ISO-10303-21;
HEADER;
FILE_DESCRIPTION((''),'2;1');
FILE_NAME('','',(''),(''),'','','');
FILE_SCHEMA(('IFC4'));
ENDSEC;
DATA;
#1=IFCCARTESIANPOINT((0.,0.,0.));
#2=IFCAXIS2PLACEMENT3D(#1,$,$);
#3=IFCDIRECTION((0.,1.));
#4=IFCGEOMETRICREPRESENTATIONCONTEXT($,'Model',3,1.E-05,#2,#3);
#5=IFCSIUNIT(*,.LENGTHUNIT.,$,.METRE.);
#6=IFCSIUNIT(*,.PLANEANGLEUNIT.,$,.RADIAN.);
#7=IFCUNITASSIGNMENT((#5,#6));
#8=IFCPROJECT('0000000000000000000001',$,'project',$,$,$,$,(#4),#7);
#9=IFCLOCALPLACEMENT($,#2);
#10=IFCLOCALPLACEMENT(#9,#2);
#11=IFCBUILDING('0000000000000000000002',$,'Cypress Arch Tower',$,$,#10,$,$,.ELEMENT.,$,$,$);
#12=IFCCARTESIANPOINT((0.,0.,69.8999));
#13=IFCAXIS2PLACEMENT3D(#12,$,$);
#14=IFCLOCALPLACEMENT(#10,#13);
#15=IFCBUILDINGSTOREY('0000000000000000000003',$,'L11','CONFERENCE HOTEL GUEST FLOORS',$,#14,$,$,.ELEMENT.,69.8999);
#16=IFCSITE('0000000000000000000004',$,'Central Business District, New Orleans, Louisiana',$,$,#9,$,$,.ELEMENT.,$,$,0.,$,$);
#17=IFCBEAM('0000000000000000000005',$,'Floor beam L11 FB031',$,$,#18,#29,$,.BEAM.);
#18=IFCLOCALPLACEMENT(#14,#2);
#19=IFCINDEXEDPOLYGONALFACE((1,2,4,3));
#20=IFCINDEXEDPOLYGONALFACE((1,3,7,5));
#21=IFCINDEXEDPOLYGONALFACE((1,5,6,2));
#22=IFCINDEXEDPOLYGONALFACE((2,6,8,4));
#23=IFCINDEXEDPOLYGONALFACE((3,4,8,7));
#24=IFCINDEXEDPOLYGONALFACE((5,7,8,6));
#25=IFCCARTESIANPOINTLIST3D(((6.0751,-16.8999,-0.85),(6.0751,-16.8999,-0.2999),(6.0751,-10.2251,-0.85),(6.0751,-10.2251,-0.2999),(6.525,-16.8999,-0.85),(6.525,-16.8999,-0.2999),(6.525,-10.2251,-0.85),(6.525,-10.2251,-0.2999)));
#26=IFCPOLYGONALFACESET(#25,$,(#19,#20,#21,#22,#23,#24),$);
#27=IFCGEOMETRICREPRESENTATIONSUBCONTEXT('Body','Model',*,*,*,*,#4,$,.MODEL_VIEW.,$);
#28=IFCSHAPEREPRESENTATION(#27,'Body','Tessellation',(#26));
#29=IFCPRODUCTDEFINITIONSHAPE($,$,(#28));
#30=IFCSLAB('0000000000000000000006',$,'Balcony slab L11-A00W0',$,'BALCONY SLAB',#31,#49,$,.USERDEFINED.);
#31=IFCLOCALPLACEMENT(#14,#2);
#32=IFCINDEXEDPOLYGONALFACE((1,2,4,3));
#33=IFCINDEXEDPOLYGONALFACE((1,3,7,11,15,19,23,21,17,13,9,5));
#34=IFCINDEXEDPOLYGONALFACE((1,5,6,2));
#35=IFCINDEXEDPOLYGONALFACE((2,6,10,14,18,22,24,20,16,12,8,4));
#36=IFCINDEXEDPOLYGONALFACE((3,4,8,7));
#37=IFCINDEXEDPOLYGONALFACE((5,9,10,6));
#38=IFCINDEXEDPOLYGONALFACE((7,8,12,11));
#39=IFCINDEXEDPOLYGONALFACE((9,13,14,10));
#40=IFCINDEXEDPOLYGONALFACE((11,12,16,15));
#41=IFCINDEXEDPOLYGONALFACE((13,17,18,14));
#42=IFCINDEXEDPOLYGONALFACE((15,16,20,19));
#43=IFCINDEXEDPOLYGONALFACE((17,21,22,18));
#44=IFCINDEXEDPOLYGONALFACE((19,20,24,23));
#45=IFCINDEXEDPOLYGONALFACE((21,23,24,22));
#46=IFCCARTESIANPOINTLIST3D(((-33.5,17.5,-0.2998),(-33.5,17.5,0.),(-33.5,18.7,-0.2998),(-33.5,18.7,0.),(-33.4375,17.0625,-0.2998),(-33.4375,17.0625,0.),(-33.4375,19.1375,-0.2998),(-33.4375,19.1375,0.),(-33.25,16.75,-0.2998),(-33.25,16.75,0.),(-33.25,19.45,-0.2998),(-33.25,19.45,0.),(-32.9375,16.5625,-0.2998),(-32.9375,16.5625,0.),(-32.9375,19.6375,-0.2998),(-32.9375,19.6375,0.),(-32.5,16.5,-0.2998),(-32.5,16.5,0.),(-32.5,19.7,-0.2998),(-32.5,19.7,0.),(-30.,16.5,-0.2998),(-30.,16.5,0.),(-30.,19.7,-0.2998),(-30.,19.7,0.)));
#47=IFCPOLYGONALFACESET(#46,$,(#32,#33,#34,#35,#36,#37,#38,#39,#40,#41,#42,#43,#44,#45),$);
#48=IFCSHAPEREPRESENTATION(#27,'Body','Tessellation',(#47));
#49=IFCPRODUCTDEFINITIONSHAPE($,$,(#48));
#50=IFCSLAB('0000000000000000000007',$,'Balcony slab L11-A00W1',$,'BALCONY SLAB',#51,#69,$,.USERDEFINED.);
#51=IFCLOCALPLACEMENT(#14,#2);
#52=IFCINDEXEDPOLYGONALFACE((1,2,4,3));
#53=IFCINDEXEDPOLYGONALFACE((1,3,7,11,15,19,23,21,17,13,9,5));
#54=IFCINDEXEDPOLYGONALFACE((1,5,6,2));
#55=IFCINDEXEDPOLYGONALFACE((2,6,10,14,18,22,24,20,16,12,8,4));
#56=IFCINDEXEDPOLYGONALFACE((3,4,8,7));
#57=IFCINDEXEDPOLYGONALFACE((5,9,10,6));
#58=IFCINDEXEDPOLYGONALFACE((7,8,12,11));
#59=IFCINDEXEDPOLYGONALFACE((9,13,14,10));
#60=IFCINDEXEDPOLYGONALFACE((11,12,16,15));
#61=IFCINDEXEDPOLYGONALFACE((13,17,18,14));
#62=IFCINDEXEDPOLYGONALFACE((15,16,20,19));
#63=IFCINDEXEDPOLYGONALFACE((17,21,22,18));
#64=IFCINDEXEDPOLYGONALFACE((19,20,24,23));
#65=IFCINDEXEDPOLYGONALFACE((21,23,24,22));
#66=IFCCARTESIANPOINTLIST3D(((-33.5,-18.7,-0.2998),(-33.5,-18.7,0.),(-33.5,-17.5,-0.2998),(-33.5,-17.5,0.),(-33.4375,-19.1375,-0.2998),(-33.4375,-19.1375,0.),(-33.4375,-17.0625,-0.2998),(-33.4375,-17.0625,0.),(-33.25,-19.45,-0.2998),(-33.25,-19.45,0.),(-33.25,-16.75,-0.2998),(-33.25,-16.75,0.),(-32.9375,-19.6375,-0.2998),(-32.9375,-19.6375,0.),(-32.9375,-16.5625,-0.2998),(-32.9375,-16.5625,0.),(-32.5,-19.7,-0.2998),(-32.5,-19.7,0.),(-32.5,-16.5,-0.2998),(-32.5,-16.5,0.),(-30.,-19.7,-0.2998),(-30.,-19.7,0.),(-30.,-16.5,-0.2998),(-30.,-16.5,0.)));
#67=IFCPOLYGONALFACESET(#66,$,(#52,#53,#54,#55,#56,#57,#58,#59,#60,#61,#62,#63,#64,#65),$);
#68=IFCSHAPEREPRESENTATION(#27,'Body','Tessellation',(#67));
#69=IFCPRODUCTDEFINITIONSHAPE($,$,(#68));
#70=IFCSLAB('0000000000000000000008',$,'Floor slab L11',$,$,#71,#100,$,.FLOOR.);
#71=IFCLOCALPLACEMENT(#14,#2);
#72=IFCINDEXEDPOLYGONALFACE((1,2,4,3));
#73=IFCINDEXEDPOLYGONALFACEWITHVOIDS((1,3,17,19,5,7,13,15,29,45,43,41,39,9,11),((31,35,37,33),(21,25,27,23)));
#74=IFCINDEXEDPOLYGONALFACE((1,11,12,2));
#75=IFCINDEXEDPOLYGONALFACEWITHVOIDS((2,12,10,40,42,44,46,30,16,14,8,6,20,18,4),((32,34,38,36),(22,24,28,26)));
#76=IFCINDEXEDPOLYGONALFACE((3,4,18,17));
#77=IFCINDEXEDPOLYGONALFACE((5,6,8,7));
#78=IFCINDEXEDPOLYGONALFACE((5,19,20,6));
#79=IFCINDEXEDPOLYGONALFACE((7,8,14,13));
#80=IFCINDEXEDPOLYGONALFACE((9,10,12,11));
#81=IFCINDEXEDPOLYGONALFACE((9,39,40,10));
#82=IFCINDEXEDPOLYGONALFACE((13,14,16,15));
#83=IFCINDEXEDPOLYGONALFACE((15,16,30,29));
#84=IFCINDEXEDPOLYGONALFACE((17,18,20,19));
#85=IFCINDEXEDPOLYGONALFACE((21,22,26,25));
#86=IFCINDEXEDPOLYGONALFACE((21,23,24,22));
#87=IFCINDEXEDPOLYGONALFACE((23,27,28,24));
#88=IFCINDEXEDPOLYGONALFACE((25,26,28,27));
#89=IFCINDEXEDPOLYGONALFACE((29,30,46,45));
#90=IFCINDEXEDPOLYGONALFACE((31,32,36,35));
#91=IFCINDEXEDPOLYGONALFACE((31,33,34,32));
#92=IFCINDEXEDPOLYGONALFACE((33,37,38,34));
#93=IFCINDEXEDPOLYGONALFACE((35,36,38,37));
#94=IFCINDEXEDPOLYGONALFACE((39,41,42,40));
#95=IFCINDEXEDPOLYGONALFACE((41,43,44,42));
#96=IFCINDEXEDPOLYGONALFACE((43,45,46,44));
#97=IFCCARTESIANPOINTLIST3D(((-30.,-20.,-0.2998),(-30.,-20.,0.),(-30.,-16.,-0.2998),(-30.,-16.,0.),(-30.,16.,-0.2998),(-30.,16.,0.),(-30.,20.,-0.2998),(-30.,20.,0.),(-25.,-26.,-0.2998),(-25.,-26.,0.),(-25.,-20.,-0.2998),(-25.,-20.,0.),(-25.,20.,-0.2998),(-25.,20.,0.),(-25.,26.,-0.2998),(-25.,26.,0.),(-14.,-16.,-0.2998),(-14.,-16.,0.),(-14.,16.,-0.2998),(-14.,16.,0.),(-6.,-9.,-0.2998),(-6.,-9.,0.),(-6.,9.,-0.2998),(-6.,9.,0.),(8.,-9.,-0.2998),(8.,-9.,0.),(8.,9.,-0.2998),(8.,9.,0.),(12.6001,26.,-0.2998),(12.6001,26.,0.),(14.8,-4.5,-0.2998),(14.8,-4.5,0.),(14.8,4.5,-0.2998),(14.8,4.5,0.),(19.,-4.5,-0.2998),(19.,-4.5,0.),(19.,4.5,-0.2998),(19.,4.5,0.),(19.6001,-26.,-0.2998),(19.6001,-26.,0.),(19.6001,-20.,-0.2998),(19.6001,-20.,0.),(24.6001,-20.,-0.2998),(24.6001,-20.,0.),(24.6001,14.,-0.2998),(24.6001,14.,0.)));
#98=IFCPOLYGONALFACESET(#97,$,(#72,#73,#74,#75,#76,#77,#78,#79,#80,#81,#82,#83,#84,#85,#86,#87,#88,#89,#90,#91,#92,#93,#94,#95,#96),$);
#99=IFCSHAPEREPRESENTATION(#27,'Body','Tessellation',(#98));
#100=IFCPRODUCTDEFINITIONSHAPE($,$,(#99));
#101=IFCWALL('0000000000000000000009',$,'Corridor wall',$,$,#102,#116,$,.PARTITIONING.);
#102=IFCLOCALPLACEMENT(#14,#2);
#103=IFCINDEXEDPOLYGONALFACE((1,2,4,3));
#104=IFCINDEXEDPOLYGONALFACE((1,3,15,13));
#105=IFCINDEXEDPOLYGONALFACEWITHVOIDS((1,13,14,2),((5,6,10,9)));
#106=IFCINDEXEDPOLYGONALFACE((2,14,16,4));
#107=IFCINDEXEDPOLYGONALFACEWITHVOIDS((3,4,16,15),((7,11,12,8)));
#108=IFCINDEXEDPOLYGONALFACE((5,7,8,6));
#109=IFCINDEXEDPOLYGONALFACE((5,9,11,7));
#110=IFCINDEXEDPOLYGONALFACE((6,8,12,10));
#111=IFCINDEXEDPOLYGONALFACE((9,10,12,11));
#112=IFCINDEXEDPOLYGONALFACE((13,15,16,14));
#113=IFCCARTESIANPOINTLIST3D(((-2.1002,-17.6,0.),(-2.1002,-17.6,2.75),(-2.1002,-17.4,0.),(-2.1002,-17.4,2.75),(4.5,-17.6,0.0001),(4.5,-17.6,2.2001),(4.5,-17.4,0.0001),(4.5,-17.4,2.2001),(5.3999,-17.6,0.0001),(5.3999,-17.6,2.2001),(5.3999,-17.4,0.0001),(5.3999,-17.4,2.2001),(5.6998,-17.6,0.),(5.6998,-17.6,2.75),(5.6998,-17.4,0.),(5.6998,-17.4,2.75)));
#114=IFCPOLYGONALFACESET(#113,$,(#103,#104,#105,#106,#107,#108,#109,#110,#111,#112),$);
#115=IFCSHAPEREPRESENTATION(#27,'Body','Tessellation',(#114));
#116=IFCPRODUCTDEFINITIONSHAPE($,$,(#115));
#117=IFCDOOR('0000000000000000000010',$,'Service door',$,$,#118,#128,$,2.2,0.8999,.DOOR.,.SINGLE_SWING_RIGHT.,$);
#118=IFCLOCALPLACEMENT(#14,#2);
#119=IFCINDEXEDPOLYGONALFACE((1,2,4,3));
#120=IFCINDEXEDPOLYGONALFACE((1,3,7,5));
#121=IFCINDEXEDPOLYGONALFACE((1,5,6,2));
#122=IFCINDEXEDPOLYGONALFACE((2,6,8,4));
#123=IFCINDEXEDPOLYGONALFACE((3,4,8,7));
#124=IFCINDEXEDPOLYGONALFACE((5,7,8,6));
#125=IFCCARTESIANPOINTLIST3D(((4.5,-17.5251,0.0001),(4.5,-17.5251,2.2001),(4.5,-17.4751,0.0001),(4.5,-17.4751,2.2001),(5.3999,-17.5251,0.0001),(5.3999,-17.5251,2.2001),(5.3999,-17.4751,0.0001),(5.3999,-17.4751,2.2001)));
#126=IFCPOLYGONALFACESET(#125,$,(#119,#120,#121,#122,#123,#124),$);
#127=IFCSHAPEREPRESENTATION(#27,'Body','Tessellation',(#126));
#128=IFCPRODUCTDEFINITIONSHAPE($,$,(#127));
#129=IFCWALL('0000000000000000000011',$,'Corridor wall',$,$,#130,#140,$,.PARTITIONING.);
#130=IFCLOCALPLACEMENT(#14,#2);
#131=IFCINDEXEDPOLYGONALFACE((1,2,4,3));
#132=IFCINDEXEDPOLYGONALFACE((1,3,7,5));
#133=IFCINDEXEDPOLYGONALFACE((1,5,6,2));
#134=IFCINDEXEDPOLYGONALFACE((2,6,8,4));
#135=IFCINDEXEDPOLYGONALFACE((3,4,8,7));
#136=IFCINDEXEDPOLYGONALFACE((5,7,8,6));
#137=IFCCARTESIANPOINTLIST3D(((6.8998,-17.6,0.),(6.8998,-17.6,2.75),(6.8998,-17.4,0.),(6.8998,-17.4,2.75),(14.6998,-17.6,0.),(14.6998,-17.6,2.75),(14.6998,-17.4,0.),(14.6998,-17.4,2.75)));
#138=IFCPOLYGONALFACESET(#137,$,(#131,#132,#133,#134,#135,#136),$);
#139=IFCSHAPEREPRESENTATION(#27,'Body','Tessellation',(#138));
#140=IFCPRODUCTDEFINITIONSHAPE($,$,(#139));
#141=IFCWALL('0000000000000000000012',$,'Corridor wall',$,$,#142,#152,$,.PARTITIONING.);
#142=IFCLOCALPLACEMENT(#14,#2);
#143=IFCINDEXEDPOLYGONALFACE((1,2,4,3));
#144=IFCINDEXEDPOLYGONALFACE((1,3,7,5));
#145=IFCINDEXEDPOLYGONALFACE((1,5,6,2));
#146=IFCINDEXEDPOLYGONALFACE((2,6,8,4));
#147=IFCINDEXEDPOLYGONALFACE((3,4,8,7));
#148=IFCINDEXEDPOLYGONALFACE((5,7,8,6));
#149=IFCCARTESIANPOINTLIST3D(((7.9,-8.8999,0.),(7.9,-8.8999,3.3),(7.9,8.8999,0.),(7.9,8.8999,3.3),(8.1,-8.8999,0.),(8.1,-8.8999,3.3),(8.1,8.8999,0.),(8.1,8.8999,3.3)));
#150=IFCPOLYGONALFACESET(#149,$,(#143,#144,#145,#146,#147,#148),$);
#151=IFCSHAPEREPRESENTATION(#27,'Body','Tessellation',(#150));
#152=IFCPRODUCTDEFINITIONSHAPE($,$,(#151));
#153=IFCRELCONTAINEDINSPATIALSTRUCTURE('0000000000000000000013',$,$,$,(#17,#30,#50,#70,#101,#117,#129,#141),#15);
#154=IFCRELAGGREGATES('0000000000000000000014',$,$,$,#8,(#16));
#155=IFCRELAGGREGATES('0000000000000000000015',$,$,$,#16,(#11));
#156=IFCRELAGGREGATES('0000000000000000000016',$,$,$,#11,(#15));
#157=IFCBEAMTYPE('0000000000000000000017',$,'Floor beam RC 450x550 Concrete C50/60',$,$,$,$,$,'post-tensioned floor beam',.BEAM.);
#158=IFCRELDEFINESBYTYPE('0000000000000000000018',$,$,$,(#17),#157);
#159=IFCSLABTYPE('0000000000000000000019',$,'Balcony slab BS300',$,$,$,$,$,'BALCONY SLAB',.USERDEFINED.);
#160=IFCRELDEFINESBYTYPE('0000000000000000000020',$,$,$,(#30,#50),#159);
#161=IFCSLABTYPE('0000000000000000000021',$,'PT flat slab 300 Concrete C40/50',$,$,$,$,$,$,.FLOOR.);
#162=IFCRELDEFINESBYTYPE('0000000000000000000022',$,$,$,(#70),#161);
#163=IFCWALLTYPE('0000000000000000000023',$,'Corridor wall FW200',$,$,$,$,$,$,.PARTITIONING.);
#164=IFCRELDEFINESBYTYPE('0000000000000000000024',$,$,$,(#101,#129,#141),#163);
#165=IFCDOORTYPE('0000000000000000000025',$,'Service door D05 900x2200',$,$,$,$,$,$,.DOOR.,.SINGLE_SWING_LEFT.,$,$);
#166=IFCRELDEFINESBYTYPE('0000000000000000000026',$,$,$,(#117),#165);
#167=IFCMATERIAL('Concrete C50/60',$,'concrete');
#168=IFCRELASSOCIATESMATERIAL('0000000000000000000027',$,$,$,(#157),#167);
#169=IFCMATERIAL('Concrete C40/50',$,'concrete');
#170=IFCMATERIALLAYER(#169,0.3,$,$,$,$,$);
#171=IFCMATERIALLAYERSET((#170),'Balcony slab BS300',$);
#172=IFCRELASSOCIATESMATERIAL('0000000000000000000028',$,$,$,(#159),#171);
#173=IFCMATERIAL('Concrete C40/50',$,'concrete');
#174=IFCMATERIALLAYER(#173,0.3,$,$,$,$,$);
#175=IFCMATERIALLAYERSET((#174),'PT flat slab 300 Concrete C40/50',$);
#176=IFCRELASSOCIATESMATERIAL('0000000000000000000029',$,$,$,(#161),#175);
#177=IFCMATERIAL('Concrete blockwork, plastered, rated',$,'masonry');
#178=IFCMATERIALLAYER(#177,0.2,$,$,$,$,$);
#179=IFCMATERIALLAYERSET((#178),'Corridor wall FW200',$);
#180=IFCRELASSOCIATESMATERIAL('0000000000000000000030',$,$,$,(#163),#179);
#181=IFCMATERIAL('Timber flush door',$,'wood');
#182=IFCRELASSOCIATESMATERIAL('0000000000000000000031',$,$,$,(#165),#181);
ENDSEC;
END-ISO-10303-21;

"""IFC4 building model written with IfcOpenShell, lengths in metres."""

from ifc_helpers import new_model, si_unit, direction, frame, frame_2d, origin, origin_2d, place, context, subcontext, project, spatial, polyline, rectangle, outline, extrude, material, layer, layer_set, material_profile, profile_set, type_object, element, fill, save


model = new_model("IFC4")

# Units and contexts
model_context = context("Model", 3, precision=1e-05, world=origin(), true_north=direction((0.0, 1.0)))
body_context = subcontext(model_context, "Body", "Model", "MODEL_VIEW")
ifc_project = project(units=[si_unit("LENGTHUNIT", "METRE"), si_unit("PLANEANGLEUNIT", "RADIAN")], contexts=[model_context])

# Site, building, storey
site_placement = place(None, origin())
site = spatial("IfcSite", under=ifc_project, at=site_placement, Name="Central Business District, New Orleans, Louisiana", CompositionType="ELEMENT", RefElevation=0.0)
building_placement = place(site_placement, origin())
building = spatial("IfcBuilding", under=site, at=building_placement, Name="Cypress Arch Tower", CompositionType="ELEMENT")
storey_placement = place(building_placement, frame((0.0, 0.0, 69.8999)))
storey = spatial("IfcBuildingStorey", under=building, at=storey_placement, Name="L11", Description="CONFERENCE HOTEL GUEST FLOORS", CompositionType="ELEMENT", Elevation=69.8999)

# Beam
ifc_material_1 = material(Name="Concrete C50/60", Category="concrete")
ifc_material_profile_1 = material_profile(ifc_material_1, rectangle(XDim=0.45, YDim=0.55, at=origin_2d()), Name="RC 450x550")
ifc_profile_set_1 = profile_set([ifc_material_profile_1], Name="Concrete C50/60")
beam_type_1 = type_object("IfcBeamType", Name="Floor beam RC 450x550 Concrete C50/60", ElementType="post-tensioned floor beam", PredefinedType="BEAM", material=ifc_profile_set_1)
beam_1_placement = place(storey_placement, frame((6.3, -16.8999, -0.575), z_axis=(0.0, 1.0, 0.0), x_axis=(-1.0, 0.0, 0.0)))
element("IfcBeam", 1, at=beam_1_placement, inside=storey, type_object=beam_type_1, Name="Floor beam L11 FB031", PredefinedType="BEAM", context=body_context, shape_type="SweptSolid", body=[
    extrude(rectangle(XDim=0.45, YDim=0.55, at=origin_2d()), origin(), (0.0, 0.0, 1.0), 6.6748),
])

# Slabs
ifc_material_2 = material(Name="Concrete C40/50", Category="concrete")
ifc_layer_1 = layer(ifc_material_2, 0.3)
ifc_layer_set_1 = layer_set([ifc_layer_1], Name="Balcony slab BS300")
slab_type_1 = type_object("IfcSlabType", Name="Balcony slab BS300", ElementType="BALCONY SLAB", PredefinedType="USERDEFINED", material=ifc_layer_set_1)
slab_1_placement = place(storey_placement, frame((0.0, 0.0, -0.2998)))
element("IfcSlab", 2, at=slab_1_placement, inside=storey, type_object=slab_type_1, Name="Balcony slab L11-A00W0", ObjectType="BALCONY SLAB", PredefinedType="USERDEFINED", context=body_context, shape_type="SweptSolid", body=[
    extrude(outline(polyline([(-30.0, 19.7), (-32.5, 19.7), (-32.9375, 19.6375), (-33.25, 19.45), (-33.4375, 19.1375), (-33.5, 18.7), (-33.5, 17.5), (-33.4375, 17.0625), (-33.25, 16.75), (-32.9375, 16.5625), (-32.5, 16.5), (-30.0, 16.5), (-30.0, 19.7)])), origin(), (0.0, 0.0, 1.0), 0.2998),
])
slab_2_placement = place(storey_placement, frame((0.0, 0.0, -0.2998)))
element("IfcSlab", 3, at=slab_2_placement, inside=storey, type_object=slab_type_1, Name="Balcony slab L11-A00W1", ObjectType="BALCONY SLAB", PredefinedType="USERDEFINED", context=body_context, shape_type="SweptSolid", body=[
    extrude(outline(polyline([(-30.0, -16.5), (-32.5, -16.5), (-32.9375, -16.5625), (-33.25, -16.75), (-33.4375, -17.0625), (-33.5, -17.5), (-33.5, -18.7), (-33.4375, -19.1375), (-33.25, -19.45), (-32.9375, -19.6375), (-32.5, -19.7), (-30.0, -19.7), (-30.0, -16.5)])), origin(), (0.0, 0.0, 1.0), 0.2998),
])
ifc_material_3 = material(Name="Concrete C40/50", Category="concrete")
ifc_layer_2 = layer(ifc_material_3, 0.3)
ifc_layer_set_2 = layer_set([ifc_layer_2], Name="PT flat slab 300 Concrete C40/50")
slab_type_2 = type_object("IfcSlabType", Name="PT flat slab 300 Concrete C40/50", PredefinedType="FLOOR", material=ifc_layer_set_2)
slab_3_placement = place(storey_placement, frame((0.0, 0.0, -0.2998)))
element("IfcSlab", 4, at=slab_3_placement, inside=storey, type_object=slab_type_2, Name="Floor slab L11", PredefinedType="FLOOR", context=body_context, shape_type="SweptSolid", body=[
    extrude(outline(polyline([(-30.0, 20.0), (-25.0, 20.0), (-25.0, 26.0), (12.6001, 26.0), (24.6001, 14.0), (24.6001, -20.0), (19.6001, -20.0), (19.6001, -26.0), (-25.0, -26.0), (-25.0, -20.0), (-30.0, -20.0), (-30.0, -16.0), (-14.0, -16.0), (-14.0, 16.0), (-30.0, 16.0), (-30.0, 20.0)]), holes=[polyline([(-6.0, -9.0), (8.0, -9.0), (8.0, 9.0), (-6.0, 9.0), (-6.0, -9.0)]), polyline([(14.8, -4.5), (19.0, -4.5), (19.0, 4.5), (14.8, 4.5), (14.8, -4.5)])]), origin(), (0.0, 0.0, 1.0), 0.2998),
])

# Wall, opening, door
ifc_material_4 = material(Name="Concrete blockwork, plastered, rated", Category="masonry")
ifc_layer_3 = layer(ifc_material_4, 0.2)
ifc_layer_set_3 = layer_set([ifc_layer_3], Name="Corridor wall FW200")
wall_type_1 = type_object("IfcWallType", Name="Corridor wall FW200", PredefinedType="PARTITIONING", material=ifc_layer_set_3)
wall_1_placement = place(storey_placement, frame((-2.1001, -17.5, 0.0), z_axis=(0.0, 0.0, 1.0), x_axis=(1.0, 0.0, 0.0)))
wall_1 = element("IfcWall", 5, at=wall_1_placement, inside=storey, type_object=wall_type_1, Name="Corridor wall", PredefinedType="PARTITIONING", context=body_context, shape_type="SweptSolid", body=[
    extrude(rectangle(XDim=7.8, YDim=0.2, at=frame_2d((3.8999, 0.0))), origin(), (0.0, 0.0, 1.0), 2.75),
])
opening_1_placement = place(wall_1_placement, frame((6.6001, 0.0, 0.0)))
opening_1 = element("IfcOpeningElement", 6, at=opening_1_placement, cuts=wall_1, PredefinedType="OPENING", context=body_context, shape_type="SweptSolid", body=[
    extrude(rectangle(XDim=0.8999, YDim=2.2, at=frame_2d((0.45, 1.1001))), frame((0.0, 0.1099, 0.0), z_axis=(0.0, -1.0, 0.0), x_axis=(1.0, 0.0, 0.0)), (0.0, 0.0, 1.0), 0.22),
])
ifc_material_5 = material(Name="Timber flush door", Category="wood")
door_type_1 = type_object("IfcDoorType", Name="Service door D05 900x2200", OperationType="SINGLE_SWING_LEFT", PredefinedType="DOOR", material=ifc_material_5)
door_1_placement = place(opening_1_placement, origin())
door_1 = element("IfcDoor", 7, at=door_1_placement, inside=storey, type_object=door_type_1, Name="Service door", OperationType="SINGLE_SWING_RIGHT", OverallHeight=2.2, OverallWidth=0.8999, PredefinedType="DOOR", context=body_context, shape_type="SweptSolid", body=[
    extrude(rectangle(XDim=0.8999, YDim=2.2, at=frame_2d((0.45, 1.1001))), frame((0.0, 0.0249, 0.0), z_axis=(0.0, -1.0, 0.0), x_axis=(1.0, 0.0, 0.0)), (0.0, 0.0, 1.0), 0.05),
])
fill(opening_1, door_1)

# Walls
wall_2_placement = place(storey_placement, frame((6.8999, -17.5, 0.0), z_axis=(0.0, 0.0, 1.0), x_axis=(1.0, 0.0, 0.0)))
element("IfcWall", 8, at=wall_2_placement, inside=storey, type_object=wall_type_1, Name="Corridor wall", PredefinedType="PARTITIONING", context=body_context, shape_type="SweptSolid", body=[
    extrude(rectangle(XDim=7.8, YDim=0.2, at=frame_2d((3.8999, 0.0))), origin(), (0.0, 0.0, 1.0), 2.75),
])
wall_3_placement = place(storey_placement, frame((8.0, -8.8999, 0.0), z_axis=(0.0, 0.0, 1.0), x_axis=(0.0, 1.0, 0.0)))
element("IfcWall", 9, at=wall_3_placement, inside=storey, type_object=wall_type_1, Name="Corridor wall", PredefinedType="PARTITIONING", context=body_context, shape_type="SweptSolid", body=[
    extrude(rectangle(XDim=17.7998, YDim=0.2, at=frame_2d((8.8999, 0.0))), origin(), (0.0, 0.0, 1.0), 3.3),
])

save(model, "model.ifc")
